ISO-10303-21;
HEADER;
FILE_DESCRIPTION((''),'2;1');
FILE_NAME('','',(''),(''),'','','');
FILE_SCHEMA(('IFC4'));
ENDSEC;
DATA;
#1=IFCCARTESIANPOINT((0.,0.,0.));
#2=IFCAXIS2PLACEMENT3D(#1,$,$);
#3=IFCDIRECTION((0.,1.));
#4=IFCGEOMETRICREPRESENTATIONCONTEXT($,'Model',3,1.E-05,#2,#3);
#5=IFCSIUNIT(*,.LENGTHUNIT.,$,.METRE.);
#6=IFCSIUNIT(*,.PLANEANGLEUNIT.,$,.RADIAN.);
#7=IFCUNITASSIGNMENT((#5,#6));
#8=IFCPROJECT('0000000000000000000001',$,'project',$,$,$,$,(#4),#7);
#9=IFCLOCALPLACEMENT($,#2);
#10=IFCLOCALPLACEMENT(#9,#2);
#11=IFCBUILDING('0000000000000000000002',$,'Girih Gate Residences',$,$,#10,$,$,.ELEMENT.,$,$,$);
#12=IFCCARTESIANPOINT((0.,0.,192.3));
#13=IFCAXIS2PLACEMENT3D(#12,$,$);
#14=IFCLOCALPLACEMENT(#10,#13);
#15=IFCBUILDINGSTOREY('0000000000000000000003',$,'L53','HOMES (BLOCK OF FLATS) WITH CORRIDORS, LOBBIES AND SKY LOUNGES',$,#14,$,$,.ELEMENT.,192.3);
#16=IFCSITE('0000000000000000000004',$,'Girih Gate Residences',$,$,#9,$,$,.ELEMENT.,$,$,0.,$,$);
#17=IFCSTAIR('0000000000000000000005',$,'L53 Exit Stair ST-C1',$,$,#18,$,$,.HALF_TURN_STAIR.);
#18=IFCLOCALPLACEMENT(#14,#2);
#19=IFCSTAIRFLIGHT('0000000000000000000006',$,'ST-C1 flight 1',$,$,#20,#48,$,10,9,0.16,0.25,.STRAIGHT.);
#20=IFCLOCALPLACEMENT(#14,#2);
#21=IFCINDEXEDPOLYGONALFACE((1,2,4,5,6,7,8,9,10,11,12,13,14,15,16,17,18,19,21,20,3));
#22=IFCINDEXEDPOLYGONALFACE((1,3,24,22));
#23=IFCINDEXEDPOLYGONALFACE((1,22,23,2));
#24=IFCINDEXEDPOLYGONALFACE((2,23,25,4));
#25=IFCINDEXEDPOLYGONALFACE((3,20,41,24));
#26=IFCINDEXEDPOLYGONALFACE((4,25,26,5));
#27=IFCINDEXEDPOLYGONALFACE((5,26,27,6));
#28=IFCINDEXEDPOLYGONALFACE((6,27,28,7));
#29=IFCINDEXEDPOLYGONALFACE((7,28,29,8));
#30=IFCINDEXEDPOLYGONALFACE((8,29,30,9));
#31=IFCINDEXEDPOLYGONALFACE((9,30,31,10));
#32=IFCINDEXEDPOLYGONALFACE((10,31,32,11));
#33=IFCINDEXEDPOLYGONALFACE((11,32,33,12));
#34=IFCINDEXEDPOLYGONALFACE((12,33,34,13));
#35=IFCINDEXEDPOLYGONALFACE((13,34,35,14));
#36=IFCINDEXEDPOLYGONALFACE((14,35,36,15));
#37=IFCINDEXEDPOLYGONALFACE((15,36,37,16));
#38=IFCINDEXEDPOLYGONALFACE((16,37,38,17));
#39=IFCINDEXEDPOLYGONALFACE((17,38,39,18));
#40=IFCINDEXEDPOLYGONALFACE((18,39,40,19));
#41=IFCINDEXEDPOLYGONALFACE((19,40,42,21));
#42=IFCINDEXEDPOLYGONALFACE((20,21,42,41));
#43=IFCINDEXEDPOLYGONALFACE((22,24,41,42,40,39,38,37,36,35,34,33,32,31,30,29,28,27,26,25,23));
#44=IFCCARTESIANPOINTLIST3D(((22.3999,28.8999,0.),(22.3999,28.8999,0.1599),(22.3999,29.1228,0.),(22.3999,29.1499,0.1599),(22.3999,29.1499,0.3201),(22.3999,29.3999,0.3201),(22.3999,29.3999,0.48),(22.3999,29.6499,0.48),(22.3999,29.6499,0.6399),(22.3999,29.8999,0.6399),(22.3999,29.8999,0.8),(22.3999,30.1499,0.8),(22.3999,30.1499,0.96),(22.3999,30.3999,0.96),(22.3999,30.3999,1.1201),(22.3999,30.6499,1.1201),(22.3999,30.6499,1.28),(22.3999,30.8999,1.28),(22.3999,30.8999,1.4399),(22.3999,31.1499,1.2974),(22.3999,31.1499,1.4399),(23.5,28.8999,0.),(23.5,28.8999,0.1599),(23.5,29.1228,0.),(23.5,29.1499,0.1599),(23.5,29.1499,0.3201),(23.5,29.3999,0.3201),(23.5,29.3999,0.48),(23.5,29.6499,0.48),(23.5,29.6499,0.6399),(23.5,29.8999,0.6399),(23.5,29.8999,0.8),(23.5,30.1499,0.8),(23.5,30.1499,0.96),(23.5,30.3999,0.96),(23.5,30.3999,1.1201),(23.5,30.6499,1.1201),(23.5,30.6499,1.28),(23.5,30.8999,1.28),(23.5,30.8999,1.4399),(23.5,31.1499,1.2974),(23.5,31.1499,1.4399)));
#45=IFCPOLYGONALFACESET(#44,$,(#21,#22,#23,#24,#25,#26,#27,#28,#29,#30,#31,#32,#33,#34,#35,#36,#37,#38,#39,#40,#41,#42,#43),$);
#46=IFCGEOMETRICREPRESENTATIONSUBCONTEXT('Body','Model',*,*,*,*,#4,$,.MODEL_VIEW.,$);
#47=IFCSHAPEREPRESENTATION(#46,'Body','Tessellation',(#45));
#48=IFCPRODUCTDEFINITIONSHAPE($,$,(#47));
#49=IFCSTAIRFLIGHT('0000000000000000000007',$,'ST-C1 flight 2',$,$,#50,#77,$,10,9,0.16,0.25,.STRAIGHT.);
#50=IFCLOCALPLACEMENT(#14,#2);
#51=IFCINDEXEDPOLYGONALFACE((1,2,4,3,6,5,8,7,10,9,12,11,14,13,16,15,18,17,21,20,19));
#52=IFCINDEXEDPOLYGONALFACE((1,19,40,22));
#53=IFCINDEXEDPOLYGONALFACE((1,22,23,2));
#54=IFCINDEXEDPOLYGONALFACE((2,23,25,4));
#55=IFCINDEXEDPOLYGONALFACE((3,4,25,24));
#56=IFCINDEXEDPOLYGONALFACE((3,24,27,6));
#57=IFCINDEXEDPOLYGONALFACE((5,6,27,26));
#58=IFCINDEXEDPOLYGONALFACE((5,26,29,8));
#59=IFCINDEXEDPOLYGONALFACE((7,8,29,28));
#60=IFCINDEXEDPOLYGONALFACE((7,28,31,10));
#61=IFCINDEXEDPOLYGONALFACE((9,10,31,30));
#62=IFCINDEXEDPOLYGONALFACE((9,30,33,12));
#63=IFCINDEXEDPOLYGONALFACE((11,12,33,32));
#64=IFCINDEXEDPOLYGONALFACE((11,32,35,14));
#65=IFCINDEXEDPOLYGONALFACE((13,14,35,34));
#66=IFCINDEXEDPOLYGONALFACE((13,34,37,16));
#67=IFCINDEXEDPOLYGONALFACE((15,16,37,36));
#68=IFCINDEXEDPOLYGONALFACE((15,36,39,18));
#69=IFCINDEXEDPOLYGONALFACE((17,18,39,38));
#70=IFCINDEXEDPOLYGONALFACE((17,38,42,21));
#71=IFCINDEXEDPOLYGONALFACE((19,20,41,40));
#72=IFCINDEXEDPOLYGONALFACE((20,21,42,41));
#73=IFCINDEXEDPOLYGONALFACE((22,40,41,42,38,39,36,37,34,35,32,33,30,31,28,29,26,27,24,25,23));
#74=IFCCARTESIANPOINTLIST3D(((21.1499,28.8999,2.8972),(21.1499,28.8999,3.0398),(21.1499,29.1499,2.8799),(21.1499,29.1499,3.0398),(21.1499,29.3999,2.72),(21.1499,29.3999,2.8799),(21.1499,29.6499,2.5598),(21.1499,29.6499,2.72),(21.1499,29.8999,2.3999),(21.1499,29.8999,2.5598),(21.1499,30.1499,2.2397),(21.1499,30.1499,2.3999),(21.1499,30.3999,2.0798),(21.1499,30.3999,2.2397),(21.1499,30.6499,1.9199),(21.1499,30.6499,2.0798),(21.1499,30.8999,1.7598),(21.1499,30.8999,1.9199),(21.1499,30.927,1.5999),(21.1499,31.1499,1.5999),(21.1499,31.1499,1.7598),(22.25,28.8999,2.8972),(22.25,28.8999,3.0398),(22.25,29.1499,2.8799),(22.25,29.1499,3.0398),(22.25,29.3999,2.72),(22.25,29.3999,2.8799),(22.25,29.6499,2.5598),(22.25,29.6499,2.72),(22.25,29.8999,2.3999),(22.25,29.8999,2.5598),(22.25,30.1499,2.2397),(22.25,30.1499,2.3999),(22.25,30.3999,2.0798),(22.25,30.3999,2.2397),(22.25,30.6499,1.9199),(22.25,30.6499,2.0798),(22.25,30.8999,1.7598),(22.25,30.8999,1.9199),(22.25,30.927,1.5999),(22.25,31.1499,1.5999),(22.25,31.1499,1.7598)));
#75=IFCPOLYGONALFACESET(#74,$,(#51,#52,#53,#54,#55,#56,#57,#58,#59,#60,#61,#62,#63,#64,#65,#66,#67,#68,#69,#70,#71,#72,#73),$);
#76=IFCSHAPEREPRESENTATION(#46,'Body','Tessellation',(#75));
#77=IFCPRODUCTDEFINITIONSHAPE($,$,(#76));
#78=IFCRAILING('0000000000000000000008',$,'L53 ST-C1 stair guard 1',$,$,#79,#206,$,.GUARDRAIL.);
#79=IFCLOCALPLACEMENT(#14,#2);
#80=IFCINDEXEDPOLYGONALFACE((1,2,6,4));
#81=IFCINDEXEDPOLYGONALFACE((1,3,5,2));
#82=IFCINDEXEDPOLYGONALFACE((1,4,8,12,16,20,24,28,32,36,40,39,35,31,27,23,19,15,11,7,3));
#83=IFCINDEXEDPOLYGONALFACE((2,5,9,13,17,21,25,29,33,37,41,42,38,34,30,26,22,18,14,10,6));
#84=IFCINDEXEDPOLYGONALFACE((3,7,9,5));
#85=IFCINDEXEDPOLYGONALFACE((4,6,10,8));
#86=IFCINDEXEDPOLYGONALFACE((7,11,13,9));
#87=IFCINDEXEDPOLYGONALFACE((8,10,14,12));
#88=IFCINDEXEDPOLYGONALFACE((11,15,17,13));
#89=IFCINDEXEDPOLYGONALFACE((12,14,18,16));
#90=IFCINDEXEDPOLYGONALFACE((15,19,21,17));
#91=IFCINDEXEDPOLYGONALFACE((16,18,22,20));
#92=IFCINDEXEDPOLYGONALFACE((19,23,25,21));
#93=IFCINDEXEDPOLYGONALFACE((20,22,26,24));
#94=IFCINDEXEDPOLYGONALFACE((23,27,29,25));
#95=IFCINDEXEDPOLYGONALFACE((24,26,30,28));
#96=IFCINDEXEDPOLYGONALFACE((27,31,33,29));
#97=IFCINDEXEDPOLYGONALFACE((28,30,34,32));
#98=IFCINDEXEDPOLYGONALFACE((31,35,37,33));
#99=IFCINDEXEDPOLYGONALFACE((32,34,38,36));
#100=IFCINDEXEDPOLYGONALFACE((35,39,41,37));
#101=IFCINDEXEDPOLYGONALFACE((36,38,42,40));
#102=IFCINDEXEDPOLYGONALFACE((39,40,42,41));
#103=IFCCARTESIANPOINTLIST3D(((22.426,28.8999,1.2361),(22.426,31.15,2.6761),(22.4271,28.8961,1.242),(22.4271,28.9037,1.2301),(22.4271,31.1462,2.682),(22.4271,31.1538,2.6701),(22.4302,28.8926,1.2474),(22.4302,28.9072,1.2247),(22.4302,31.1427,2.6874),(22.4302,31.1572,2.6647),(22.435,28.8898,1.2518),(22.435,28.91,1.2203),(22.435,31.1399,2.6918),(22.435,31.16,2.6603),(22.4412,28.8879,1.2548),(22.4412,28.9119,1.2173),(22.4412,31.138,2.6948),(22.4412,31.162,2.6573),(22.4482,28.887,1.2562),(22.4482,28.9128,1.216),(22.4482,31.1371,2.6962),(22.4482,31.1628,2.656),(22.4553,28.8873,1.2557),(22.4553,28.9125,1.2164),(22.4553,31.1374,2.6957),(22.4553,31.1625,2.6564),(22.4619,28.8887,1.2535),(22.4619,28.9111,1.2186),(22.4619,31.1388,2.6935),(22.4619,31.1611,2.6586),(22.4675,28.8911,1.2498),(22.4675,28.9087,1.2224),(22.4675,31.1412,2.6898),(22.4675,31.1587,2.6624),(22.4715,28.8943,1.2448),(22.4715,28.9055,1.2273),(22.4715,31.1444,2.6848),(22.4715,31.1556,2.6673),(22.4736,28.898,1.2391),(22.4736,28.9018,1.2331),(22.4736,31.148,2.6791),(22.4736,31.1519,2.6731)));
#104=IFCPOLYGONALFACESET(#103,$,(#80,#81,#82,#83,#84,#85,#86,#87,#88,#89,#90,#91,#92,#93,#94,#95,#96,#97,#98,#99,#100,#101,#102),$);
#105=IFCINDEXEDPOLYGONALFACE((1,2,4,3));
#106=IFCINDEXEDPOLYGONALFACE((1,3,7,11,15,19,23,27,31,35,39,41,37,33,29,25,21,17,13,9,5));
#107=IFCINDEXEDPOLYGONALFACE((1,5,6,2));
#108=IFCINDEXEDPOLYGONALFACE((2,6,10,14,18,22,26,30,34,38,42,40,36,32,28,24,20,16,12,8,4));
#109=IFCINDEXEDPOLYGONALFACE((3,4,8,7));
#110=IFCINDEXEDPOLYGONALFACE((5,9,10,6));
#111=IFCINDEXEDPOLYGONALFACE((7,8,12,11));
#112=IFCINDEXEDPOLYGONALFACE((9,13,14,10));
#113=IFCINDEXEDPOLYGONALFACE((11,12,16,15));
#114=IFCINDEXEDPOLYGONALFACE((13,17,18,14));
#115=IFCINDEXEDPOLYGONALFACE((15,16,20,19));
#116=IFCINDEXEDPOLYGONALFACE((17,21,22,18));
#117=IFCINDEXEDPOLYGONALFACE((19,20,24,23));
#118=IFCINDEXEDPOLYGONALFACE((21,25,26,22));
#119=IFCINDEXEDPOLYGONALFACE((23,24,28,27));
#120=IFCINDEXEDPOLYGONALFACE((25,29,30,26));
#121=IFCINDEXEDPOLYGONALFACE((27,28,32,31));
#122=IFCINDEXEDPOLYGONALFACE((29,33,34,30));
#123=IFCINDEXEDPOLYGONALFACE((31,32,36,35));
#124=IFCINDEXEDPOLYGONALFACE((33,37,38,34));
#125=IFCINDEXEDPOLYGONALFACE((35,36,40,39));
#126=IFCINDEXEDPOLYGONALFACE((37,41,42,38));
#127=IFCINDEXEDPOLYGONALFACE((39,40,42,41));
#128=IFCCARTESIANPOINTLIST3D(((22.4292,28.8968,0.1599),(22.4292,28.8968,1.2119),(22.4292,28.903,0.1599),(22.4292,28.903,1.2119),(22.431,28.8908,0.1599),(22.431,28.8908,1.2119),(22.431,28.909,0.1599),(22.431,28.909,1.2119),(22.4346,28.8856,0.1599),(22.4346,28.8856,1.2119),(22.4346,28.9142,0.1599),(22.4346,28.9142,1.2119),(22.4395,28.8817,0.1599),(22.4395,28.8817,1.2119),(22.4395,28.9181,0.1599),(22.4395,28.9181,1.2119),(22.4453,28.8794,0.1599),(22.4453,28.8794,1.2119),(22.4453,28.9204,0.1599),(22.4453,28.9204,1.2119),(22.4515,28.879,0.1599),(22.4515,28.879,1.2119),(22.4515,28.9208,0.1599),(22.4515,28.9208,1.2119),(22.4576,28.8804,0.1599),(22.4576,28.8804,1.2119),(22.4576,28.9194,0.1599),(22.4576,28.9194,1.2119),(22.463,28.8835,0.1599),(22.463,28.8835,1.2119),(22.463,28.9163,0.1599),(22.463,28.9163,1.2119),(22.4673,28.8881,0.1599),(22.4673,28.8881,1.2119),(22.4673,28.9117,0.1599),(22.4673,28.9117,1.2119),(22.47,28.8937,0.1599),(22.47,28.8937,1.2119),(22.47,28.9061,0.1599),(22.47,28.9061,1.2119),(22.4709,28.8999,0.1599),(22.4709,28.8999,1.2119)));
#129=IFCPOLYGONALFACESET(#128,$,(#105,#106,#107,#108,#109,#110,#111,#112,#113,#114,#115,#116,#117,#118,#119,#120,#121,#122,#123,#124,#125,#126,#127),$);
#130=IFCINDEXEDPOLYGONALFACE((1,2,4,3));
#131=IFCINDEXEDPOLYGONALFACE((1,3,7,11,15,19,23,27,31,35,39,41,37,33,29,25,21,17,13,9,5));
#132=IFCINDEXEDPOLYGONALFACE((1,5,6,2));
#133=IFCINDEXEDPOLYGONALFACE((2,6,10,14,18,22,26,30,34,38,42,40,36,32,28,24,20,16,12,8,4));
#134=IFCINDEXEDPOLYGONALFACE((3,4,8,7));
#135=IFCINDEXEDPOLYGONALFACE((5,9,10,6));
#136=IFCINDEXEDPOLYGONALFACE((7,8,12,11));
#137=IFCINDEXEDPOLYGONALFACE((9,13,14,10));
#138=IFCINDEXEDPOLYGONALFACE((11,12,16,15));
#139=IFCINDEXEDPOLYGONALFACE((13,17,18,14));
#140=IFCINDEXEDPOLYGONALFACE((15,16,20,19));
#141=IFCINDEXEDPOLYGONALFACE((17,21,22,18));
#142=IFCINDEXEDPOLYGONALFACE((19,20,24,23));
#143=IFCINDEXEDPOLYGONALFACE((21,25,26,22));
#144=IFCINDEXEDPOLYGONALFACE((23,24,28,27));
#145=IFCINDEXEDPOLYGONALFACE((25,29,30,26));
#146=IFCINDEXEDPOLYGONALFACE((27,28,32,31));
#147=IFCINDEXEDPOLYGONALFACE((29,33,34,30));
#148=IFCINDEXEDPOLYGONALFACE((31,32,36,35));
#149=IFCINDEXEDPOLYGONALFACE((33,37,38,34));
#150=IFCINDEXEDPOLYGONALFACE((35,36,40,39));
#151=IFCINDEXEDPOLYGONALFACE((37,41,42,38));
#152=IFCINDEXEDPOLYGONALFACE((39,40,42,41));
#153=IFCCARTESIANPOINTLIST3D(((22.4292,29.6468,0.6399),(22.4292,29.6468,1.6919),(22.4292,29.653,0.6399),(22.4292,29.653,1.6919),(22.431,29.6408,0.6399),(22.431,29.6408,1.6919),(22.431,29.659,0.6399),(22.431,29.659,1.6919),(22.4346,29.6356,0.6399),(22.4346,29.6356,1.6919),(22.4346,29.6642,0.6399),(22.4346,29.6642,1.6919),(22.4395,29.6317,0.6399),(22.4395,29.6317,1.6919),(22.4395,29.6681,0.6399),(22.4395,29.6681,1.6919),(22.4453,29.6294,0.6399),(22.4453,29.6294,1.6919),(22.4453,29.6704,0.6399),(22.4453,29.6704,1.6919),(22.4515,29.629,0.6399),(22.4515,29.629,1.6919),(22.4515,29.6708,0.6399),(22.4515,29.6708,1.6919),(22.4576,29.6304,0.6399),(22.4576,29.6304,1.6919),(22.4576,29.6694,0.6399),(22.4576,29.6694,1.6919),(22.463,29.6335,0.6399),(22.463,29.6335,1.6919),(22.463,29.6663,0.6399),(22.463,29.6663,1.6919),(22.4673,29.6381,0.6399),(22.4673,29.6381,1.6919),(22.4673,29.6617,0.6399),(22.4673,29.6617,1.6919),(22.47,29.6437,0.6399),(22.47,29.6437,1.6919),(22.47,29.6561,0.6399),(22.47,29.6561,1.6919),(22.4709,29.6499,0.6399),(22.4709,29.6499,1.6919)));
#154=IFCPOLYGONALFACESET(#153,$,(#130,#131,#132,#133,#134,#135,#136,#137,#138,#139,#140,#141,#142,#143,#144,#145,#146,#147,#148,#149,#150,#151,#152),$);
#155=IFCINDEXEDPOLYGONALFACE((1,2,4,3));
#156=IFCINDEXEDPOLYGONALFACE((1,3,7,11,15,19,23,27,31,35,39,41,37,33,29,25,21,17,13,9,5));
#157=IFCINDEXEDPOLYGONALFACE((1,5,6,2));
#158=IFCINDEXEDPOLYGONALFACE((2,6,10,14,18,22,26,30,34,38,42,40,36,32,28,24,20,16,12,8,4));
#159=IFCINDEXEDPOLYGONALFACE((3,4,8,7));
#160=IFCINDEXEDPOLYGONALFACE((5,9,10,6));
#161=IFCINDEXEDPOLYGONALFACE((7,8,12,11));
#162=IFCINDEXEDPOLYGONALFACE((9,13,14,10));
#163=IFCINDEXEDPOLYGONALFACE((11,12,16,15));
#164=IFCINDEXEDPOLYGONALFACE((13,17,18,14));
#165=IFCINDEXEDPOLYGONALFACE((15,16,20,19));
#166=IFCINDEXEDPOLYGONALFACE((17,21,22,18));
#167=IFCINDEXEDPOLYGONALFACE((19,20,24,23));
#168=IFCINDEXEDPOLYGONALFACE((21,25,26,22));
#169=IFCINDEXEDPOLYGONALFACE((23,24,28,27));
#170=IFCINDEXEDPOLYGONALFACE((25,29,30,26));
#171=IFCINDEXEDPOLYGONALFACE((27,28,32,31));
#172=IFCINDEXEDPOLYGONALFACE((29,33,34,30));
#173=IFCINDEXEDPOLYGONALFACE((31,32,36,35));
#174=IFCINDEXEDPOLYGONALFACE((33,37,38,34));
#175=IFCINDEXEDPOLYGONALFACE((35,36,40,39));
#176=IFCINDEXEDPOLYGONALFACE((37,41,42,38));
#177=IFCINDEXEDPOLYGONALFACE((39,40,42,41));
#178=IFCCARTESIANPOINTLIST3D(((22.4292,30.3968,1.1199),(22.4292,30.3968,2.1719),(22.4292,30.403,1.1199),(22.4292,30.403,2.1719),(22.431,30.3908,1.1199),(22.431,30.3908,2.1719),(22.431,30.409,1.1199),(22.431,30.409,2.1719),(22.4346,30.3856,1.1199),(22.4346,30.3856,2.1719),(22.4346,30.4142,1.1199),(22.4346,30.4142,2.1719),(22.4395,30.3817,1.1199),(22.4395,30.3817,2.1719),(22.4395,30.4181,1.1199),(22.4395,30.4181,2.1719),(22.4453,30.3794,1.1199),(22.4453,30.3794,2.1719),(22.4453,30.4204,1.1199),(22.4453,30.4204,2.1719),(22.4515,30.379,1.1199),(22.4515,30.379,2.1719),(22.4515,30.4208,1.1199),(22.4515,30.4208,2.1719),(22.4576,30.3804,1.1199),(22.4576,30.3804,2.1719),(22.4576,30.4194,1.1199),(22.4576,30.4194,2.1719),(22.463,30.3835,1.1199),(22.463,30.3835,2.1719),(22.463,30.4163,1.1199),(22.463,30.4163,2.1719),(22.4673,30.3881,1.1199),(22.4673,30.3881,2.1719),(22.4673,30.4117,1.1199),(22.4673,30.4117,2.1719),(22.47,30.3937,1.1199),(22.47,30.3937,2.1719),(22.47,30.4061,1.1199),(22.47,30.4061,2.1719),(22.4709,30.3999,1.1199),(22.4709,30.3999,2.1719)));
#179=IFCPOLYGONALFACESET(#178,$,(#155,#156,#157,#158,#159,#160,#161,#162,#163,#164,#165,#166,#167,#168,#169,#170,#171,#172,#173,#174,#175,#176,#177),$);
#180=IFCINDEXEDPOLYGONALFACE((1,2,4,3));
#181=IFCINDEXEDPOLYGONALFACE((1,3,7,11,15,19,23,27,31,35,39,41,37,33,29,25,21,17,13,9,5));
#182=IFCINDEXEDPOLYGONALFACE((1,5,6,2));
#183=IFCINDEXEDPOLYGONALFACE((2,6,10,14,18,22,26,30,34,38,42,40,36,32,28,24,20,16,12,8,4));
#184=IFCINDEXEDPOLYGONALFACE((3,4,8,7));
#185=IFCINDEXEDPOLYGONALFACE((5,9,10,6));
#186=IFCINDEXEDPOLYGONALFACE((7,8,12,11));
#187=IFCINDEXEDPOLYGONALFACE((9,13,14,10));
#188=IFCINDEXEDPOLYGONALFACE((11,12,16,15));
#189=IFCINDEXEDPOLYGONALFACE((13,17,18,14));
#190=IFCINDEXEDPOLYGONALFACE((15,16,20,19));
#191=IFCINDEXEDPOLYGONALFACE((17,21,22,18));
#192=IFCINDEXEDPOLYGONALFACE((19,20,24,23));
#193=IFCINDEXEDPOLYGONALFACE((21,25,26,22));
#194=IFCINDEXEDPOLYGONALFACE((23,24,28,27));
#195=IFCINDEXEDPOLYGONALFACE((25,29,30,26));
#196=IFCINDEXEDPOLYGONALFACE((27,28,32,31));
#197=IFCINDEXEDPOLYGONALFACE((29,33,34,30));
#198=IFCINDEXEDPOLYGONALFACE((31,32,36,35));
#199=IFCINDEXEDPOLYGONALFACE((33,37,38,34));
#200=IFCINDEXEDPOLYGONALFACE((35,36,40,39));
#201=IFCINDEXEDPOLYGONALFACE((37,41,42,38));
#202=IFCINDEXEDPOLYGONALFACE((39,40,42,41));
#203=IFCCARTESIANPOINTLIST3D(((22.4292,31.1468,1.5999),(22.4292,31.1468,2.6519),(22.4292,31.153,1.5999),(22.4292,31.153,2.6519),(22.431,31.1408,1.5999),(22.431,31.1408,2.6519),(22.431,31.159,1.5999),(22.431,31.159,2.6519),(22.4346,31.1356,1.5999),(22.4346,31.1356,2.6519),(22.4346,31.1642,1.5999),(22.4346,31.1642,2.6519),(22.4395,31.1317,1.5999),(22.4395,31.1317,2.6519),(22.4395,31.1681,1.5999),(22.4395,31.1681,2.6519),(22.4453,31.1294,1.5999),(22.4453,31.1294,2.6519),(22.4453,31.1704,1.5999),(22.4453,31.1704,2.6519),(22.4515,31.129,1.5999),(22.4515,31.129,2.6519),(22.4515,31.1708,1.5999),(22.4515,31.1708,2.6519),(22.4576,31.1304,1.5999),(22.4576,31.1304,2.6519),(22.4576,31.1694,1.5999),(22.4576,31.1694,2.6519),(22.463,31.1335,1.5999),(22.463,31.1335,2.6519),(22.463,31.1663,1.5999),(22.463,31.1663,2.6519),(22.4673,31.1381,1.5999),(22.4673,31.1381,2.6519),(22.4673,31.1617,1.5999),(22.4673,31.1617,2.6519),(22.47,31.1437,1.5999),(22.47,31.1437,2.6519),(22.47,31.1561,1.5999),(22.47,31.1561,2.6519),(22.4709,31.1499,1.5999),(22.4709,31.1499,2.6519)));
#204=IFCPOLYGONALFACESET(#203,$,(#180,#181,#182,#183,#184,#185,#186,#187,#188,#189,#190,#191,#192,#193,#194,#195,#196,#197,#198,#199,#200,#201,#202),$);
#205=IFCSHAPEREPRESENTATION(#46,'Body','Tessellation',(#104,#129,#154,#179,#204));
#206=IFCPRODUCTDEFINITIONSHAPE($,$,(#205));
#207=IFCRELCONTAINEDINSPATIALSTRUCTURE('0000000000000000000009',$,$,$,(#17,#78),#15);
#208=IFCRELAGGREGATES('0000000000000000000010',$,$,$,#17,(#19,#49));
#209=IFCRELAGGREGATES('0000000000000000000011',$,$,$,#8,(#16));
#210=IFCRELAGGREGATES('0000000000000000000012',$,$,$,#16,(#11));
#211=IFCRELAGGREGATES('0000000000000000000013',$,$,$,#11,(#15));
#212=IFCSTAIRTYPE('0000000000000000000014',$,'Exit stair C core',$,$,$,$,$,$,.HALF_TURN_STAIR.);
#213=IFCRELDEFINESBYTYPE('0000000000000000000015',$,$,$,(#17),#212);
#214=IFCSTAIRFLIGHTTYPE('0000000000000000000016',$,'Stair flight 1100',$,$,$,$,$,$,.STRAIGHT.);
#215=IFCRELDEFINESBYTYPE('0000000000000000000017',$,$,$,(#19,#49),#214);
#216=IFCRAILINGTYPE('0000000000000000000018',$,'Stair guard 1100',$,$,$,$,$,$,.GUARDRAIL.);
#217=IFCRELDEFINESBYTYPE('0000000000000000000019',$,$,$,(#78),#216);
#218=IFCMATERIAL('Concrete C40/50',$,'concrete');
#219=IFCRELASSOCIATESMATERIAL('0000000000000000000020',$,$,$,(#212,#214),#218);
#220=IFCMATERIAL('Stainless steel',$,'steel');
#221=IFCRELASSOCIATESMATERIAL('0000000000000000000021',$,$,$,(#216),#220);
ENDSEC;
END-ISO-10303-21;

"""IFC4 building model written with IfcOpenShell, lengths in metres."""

from ifc_helpers import new_model, si_unit, direction, frame, origin, origin_2d, place, context, subcontext, project, spatial, polyline, circle, outline, extrude, material, type_object, element, aggregate, save


model = new_model("IFC4")

# Units and contexts
model_context = context("Model", 3, precision=1e-05, world=origin(), true_north=direction((0.0, 1.0)))
body_context = subcontext(model_context, "Body", "Model", "MODEL_VIEW")
ifc_project = project(units=[si_unit("LENGTHUNIT", "METRE"), si_unit("PLANEANGLEUNIT", "RADIAN")], contexts=[model_context])

# Site, building, storey
site_placement = place(None, origin())
site = spatial("IfcSite", under=ifc_project, at=site_placement, Name="Girih Gate Residences", CompositionType="ELEMENT", RefElevation=0.0)
building_placement = place(site_placement, origin())
building = spatial("IfcBuilding", under=site, at=building_placement, Name="Girih Gate Residences", CompositionType="ELEMENT")
storey_placement = place(building_placement, frame((0.0, 0.0, 192.3)))
storey = spatial("IfcBuildingStorey", under=building, at=storey_placement, Name="L53", Description="HOMES (BLOCK OF FLATS) WITH CORRIDORS, LOBBIES AND SKY LOUNGES", CompositionType="ELEMENT", Elevation=192.3)

# Shared definitions
ifc_material_1 = material(Name="Concrete C40/50", Category="concrete")

# Stair, stair flights
stair_type = type_object("IfcStairType", Name="Exit stair C core", PredefinedType="HALF_TURN_STAIR", material=ifc_material_1)
stair_placement = place(storey_placement, origin())
stair = element("IfcStair", 1, at=stair_placement, inside=storey, type_object=stair_type, Name="L53 Exit Stair ST-C1", PredefinedType="HALF_TURN_STAIR")
stair_flight_type = type_object("IfcStairFlightType", Name="Stair flight 1100", PredefinedType="STRAIGHT", material=ifc_material_1)
stair_flight_1_placement = place(storey_placement, frame((22.95, 28.8999, 0.0), z_axis=(0.0, 0.0, 1.0), x_axis=(0.0, 1.0, 0.0)))
stair_flight_1 = element("IfcStairFlight", 2, at=stair_flight_1_placement, type_object=stair_flight_type, Name="ST-C1 flight 1", NumberOfRisers=10, NumberOfTreads=9, PredefinedType="STRAIGHT", RiserHeight=0.16, TreadLength=0.25, context=body_context, shape_type="SweptSolid", body=[
    extrude(outline(polyline([(0.0, 0.0), (0.0, 0.1599), (0.25, 0.1599), (0.25, 0.3201), (0.5, 0.3201), (0.5, 0.48), (0.75, 0.48), (0.75, 0.6399), (1.0, 0.6399), (1.0, 0.8), (1.25, 0.8), (1.25, 0.96), (1.5, 0.96), (1.5, 1.1201), (1.75, 1.1201), (1.75, 1.28), (2.0, 1.28), (2.0, 1.4399), (2.25, 1.4399), (2.25, 1.6001), (2.25, 1.2974), (0.2229, 0.0), (0.0, 0.0)])), frame((0.0, 0.55, 0.0), z_axis=(0.0, -1.0, 0.0), x_axis=(1.0, 0.0, 0.0)), (0.0, 0.0, 1.0), 1.1001),
])
stair_flight_2_placement = place(storey_placement, frame((21.7, 31.1499, 1.5999), z_axis=(0.0, 0.0, 1.0), x_axis=(0.0, -1.0, 0.0)))
stair_flight_2 = element("IfcStairFlight", 3, at=stair_flight_2_placement, type_object=stair_flight_type, Name="ST-C1 flight 2", NumberOfRisers=10, NumberOfTreads=9, PredefinedType="STRAIGHT", RiserHeight=0.16, TreadLength=0.25, context=body_context, shape_type="SweptSolid", body=[
    extrude(outline(polyline([(0.0, 0.0), (0.0, 0.1599), (0.25, 0.1599), (0.25, 0.3201), (0.5, 0.3201), (0.5, 0.48), (0.75, 0.48), (0.75, 0.6399), (1.0, 0.6399), (1.0, 0.8), (1.25, 0.8), (1.25, 0.96), (1.5, 0.96), (1.5, 1.1201), (1.75, 1.1201), (1.75, 1.28), (2.0, 1.28), (2.0, 1.4399), (2.25, 1.4399), (2.25, 1.6001), (2.25, 1.2974), (0.2229, 0.0), (0.0, 0.0)])), frame((0.0, 0.55, 0.0), z_axis=(0.0, -1.0, 0.0), x_axis=(1.0, 0.0, 0.0)), (0.0, 0.0, 1.0), 1.1001),
])
aggregate(stair, [stair_flight_1, stair_flight_2])

# Railing
ifc_material_2 = material(Name="Stainless steel", Category="steel")
railing_type_1 = type_object("IfcRailingType", Name="Stair guard 1100", PredefinedType="GUARDRAIL", material=ifc_material_2)
railing_1_placement = place(storey_placement, frame((22.45, 28.8999, 0.1599)))
element("IfcRailing", 4, at=railing_1_placement, inside=storey, type_object=railing_type_1, Name="L53 ST-C1 stair guard 1", PredefinedType="GUARDRAIL", context=body_context, shape_type="SweptSolid", body=[
    extrude(circle(Radius=0.0239, at=origin_2d()), frame((0.0, 0.0, 1.0762), z_axis=(0.0, 0.842281, 0.539038), x_axis=(-1.0, 0.0, 0.0)), (0.0, 0.0, 1.0), 2.6714),
    extrude(circle(Radius=0.021, at=origin_2d()), origin(), (0.0, 0.0, 1.0), 1.052),
    extrude(circle(Radius=0.021, at=origin_2d()), frame((0.0, 0.75, 0.48)), (0.0, 0.0, 1.0), 1.052),
    extrude(circle(Radius=0.021, at=origin_2d()), frame((0.0, 1.5, 0.96)), (0.0, 0.0, 1.0), 1.052),
    extrude(circle(Radius=0.021, at=origin_2d()), frame((0.0, 2.25, 1.4399)), (0.0, 0.0, 1.0), 1.052),
])

save(model, "model.ifc")
